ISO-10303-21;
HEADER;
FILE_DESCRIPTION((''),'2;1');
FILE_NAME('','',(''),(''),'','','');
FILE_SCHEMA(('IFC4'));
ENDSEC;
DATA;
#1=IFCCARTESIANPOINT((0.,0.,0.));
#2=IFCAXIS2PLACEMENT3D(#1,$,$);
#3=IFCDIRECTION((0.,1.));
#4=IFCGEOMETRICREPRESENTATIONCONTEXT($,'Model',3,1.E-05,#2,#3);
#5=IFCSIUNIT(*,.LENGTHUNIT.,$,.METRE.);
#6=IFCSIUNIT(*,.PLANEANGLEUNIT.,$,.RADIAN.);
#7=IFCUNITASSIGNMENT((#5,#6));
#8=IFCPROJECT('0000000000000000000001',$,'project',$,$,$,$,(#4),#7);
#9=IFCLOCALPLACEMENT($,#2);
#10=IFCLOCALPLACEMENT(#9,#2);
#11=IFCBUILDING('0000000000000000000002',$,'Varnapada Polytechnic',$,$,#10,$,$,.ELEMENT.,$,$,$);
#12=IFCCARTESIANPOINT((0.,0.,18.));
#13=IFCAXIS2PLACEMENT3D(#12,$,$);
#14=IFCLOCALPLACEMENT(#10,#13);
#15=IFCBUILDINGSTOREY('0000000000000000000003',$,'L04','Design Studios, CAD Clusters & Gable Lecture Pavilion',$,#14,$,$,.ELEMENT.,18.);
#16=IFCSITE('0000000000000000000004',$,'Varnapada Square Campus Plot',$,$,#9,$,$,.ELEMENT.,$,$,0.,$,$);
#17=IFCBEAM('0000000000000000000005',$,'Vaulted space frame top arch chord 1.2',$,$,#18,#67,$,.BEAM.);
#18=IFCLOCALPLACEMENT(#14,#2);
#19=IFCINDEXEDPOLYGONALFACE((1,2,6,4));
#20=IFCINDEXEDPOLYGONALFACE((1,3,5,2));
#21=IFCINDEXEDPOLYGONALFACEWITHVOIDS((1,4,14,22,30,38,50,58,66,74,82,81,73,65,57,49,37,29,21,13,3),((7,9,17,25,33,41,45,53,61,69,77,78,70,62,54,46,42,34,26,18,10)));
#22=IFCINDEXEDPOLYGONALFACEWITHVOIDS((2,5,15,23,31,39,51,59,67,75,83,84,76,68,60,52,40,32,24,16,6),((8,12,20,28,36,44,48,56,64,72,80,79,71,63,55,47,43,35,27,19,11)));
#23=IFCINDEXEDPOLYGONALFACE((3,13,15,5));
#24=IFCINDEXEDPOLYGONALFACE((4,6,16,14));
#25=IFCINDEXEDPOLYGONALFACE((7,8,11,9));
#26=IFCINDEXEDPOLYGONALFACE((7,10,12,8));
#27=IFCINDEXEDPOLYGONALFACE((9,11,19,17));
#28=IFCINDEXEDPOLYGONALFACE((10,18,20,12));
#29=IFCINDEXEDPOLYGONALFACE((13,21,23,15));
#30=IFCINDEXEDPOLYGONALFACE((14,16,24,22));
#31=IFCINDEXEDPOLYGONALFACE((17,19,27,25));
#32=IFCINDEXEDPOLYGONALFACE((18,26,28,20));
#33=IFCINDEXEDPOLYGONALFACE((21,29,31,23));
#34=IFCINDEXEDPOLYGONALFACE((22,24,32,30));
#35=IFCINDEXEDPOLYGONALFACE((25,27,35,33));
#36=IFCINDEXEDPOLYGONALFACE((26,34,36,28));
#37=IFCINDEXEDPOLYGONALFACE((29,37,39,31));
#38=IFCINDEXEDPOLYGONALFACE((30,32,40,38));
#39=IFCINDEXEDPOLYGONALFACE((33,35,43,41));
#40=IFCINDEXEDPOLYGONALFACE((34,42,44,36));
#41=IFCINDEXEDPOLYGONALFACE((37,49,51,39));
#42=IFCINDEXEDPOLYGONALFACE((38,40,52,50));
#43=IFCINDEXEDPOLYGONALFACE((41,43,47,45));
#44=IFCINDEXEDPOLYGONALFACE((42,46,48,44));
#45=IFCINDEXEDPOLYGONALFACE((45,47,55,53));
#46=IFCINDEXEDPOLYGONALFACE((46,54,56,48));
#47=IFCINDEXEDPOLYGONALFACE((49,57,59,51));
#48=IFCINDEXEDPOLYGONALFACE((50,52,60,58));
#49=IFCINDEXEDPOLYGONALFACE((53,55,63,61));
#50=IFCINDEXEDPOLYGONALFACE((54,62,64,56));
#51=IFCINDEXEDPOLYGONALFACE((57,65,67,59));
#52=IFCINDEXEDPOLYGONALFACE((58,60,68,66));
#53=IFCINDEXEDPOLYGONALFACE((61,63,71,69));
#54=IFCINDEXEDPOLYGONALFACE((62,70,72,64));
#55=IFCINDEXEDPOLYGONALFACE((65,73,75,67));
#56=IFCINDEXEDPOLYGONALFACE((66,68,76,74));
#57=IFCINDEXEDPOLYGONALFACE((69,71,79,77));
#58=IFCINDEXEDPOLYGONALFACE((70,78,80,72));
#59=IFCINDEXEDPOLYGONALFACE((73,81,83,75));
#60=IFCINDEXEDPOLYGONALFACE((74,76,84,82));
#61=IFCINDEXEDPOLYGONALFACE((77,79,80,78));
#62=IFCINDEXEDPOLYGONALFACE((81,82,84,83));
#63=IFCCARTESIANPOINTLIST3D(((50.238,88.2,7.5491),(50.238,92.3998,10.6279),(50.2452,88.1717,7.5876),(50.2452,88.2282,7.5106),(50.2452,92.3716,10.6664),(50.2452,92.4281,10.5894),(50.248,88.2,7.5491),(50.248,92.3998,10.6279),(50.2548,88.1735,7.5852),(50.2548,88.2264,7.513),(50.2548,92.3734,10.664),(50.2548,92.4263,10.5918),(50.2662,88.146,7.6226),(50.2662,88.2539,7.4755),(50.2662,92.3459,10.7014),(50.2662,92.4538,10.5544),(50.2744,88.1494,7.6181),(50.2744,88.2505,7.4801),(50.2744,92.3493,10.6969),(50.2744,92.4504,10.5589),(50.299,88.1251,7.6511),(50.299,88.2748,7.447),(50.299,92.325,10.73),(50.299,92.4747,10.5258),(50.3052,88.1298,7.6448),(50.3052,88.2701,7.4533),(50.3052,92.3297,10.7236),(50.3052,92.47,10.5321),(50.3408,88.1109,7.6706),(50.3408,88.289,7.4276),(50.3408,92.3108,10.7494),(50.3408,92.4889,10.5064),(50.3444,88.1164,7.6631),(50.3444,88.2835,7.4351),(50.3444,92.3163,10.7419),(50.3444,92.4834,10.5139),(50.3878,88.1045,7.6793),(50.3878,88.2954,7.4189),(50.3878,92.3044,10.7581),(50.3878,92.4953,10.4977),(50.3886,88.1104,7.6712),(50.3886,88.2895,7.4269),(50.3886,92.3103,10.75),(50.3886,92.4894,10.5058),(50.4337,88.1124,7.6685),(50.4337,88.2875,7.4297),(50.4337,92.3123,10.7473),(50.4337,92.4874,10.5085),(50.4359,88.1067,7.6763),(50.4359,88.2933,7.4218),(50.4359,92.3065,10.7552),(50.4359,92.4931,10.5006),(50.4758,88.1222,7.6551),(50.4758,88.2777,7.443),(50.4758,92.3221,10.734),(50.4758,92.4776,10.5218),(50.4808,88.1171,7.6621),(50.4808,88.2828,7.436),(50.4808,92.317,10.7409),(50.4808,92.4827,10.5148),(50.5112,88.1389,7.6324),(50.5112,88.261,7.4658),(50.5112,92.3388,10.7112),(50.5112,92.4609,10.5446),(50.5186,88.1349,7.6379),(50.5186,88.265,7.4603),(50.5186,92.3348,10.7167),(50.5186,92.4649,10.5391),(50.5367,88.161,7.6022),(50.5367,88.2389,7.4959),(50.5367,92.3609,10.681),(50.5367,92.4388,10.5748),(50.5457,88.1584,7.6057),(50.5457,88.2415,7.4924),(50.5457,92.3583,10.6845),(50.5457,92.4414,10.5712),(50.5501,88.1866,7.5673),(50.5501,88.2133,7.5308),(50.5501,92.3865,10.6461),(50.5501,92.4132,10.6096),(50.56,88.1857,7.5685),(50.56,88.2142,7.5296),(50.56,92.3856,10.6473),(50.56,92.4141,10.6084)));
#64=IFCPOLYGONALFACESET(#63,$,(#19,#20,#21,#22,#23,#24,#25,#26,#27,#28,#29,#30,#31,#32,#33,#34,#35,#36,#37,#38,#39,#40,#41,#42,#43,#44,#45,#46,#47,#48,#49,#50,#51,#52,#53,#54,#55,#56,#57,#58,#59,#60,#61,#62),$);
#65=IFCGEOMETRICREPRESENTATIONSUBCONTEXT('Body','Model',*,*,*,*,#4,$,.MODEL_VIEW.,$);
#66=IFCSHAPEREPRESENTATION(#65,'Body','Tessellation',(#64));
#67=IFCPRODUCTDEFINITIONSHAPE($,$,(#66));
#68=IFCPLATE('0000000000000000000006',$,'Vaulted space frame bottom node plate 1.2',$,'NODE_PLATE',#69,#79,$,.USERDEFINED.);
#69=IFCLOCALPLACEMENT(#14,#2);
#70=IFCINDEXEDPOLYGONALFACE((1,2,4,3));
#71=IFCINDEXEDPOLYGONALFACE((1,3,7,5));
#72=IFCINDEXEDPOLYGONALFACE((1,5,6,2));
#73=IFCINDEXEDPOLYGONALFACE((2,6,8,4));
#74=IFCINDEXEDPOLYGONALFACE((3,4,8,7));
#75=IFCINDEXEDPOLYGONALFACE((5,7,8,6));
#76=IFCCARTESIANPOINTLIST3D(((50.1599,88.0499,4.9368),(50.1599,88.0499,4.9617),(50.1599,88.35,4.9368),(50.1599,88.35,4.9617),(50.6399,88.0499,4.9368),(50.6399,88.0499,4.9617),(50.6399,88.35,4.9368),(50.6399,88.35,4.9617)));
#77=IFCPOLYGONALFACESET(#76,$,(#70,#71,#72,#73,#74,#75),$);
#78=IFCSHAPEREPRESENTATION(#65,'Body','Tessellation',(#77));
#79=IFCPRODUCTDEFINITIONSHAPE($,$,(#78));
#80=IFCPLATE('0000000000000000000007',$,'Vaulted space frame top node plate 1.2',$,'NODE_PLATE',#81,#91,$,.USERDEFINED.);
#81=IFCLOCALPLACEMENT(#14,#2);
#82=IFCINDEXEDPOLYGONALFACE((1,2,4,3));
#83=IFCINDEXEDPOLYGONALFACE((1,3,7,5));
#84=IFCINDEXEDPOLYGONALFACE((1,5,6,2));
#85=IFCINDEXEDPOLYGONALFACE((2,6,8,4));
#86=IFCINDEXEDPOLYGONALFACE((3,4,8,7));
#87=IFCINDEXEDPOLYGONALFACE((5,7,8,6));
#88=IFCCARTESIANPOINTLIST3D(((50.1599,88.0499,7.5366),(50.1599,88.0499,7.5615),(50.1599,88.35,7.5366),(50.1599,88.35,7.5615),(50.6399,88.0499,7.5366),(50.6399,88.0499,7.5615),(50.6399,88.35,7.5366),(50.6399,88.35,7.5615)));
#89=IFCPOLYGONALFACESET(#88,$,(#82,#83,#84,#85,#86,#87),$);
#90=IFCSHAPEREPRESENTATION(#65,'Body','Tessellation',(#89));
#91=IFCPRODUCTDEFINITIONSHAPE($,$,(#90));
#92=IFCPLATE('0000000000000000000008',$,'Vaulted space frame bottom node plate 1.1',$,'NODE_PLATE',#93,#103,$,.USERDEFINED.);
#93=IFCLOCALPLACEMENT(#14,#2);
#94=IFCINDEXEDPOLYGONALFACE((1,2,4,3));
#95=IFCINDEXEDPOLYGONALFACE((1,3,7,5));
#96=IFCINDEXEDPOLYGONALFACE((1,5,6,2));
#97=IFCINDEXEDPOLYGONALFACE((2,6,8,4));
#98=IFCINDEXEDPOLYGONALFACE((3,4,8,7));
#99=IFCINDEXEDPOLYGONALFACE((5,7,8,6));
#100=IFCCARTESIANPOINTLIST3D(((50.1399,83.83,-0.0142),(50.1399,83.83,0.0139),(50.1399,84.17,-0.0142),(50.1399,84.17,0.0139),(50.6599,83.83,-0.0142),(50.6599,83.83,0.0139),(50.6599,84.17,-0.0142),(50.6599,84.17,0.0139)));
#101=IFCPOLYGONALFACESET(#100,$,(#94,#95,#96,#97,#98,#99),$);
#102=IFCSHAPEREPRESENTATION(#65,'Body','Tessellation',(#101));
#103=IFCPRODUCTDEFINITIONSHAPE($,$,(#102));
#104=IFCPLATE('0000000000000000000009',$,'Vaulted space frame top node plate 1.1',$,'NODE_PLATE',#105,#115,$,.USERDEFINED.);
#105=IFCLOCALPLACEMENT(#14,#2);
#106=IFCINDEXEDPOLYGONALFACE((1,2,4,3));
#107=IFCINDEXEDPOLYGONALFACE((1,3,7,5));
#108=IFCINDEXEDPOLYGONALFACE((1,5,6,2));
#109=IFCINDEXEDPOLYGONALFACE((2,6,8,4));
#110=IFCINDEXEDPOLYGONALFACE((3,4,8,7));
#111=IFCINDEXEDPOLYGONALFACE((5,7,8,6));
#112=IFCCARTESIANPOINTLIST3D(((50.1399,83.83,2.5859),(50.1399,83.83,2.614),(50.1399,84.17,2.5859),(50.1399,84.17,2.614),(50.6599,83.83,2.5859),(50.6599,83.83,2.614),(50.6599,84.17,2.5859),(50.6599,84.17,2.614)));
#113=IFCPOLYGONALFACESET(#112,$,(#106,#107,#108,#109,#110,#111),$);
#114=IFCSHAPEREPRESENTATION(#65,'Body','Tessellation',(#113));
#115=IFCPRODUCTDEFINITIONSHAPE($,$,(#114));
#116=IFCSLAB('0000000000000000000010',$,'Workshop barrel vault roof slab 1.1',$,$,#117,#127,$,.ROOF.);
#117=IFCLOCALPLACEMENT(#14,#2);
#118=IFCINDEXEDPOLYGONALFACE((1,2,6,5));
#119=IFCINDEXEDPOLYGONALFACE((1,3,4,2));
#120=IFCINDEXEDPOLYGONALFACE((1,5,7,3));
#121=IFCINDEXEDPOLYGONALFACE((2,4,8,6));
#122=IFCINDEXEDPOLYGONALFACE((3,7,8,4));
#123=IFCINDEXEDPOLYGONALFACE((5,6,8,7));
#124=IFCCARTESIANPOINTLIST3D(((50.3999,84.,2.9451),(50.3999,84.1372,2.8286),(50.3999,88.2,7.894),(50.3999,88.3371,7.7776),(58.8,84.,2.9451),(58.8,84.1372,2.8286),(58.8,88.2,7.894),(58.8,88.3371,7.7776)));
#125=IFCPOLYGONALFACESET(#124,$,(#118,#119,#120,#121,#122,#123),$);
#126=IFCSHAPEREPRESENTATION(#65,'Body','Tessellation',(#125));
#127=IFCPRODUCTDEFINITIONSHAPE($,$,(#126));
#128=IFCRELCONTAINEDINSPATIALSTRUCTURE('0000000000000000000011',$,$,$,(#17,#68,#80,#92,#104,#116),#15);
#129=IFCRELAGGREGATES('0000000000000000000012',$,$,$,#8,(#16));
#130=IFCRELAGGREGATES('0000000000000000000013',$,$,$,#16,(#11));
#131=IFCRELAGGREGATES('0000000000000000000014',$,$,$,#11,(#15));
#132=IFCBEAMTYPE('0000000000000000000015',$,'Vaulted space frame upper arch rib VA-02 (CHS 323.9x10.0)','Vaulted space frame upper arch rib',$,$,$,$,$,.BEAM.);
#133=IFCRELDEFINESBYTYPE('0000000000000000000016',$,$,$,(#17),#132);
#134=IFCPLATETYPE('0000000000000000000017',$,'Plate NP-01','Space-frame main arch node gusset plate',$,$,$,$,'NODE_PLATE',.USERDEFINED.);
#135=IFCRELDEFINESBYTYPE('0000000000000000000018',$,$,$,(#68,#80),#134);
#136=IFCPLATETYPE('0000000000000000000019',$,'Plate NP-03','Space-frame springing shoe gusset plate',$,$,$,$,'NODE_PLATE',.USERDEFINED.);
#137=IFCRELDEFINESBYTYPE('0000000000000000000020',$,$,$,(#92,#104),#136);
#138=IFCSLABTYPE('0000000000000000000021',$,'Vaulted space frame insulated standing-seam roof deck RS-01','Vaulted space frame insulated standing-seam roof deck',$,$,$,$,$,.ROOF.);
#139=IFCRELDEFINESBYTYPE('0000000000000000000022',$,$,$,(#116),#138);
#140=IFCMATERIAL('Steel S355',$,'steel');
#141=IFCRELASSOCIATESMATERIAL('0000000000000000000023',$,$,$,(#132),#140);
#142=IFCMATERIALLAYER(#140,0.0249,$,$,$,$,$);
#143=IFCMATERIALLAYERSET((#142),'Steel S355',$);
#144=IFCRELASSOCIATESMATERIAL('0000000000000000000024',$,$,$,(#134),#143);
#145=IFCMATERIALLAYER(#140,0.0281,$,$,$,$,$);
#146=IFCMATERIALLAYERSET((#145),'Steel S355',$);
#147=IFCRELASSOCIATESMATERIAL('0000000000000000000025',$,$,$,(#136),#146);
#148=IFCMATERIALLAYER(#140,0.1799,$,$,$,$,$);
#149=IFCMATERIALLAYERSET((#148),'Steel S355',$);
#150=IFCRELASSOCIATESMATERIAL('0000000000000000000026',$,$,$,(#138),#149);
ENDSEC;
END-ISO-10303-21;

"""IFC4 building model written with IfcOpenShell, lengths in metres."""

from ifc_helpers import new_model, si_unit, direction, frame, origin, origin_2d, place, context, subcontext, project, spatial, polyline, rectangle, hollow_circle, outline, extrude, material, layer, layer_set, material_profile, profile_set, type_object, element, save


model = new_model("IFC4")

# Units and contexts
model_context = context("Model", 3, precision=1e-05, world=origin(), true_north=direction((0.0, 1.0)))
body_context = subcontext(model_context, "Body", "Model", "MODEL_VIEW")
ifc_project = project(units=[si_unit("LENGTHUNIT", "METRE"), si_unit("PLANEANGLEUNIT", "RADIAN")], contexts=[model_context])

# Site, building, storey
site_placement = place(None, origin())
site = spatial("IfcSite", under=ifc_project, at=site_placement, Name="Varnapada Square Campus Plot", CompositionType="ELEMENT", RefElevation=0.0)
building_placement = place(site_placement, origin())
building = spatial("IfcBuilding", under=site, at=building_placement, Name="Varnapada Polytechnic", CompositionType="ELEMENT")
storey_placement = place(building_placement, frame((0.0, 0.0, 18.0)))
storey = spatial("IfcBuildingStorey", under=building, at=storey_placement, Name="L04", Description="Design Studios, CAD Clusters & Gable Lecture Pavilion", CompositionType="ELEMENT", Elevation=18.0)

# Shared definitions
ifc_material = material(Name="Steel S355", Category="steel")

# Beam
ifc_material_profile_1 = material_profile(ifc_material, hollow_circle(Radius=0.1619, WallThickness=0.01, at=origin_2d()), Name="CHS 323.9x10.0")
ifc_profile_set_1 = profile_set([ifc_material_profile_1], Name="Steel S355")
beam_type_1 = type_object("IfcBeamType", Name="Vaulted space frame upper arch rib VA-02 (CHS 323.9x10.0)", Description="Vaulted space frame upper arch rib", PredefinedType="BEAM", material=ifc_profile_set_1)
beam_1_placement = place(storey_placement, frame((50.3999, 88.2, 7.5491), z_axis=(0.0, 0.806506, 0.591225), x_axis=(-1.0, 0.0, 0.0)))
element("IfcBeam", 1, at=beam_1_placement, inside=storey, type_object=beam_type_1, Name="Vaulted space frame top arch chord 1.2", PredefinedType="BEAM", context=body_context, shape_type="SweptSolid", body=[
    extrude(hollow_circle(Radius=0.1619, WallThickness=0.01, at=origin_2d()), origin(), (0.0, 0.0, 1.0), 5.2075),
])

# Plates
ifc_layer_1 = layer(ifc_material, 0.0249)
ifc_layer_set_1 = layer_set([ifc_layer_1], Name="Steel S355")
plate_type_1 = type_object("IfcPlateType", Name="Plate NP-01", Description="Space-frame main arch node gusset plate", ElementType="NODE_PLATE", PredefinedType="USERDEFINED", material=ifc_layer_set_1)
for number, where, z_axis, x_axis, name in (
    (2, (50.3999, 88.2, 4.9368), (0.0, 0.0, 1.0), (1.0, 0.0, 0.0), "Vaulted space frame bottom node plate 1.2"),
    (3, (50.3999, 88.2, 7.5366), (0.0, 0.0, 1.0), (1.0, 0.0, 0.0), "Vaulted space frame top node plate 1.2"),
):
    element("IfcPlate", number, at=place(storey_placement, frame(where, z_axis=z_axis, x_axis=x_axis)), inside=storey, type_object=plate_type_1, Name=name, ObjectType="NODE_PLATE", PredefinedType="USERDEFINED", context=body_context, shape_type="SweptSolid", body=[
        extrude(rectangle(XDim=0.48, YDim=0.3, at=origin_2d()), origin(), (0.0, 0.0, 1.0), 0.0249),
    ])
ifc_layer_2 = layer(ifc_material, 0.0281)
ifc_layer_set_2 = layer_set([ifc_layer_2], Name="Steel S355")
plate_type_2 = type_object("IfcPlateType", Name="Plate NP-03", Description="Space-frame springing shoe gusset plate", ElementType="NODE_PLATE", PredefinedType="USERDEFINED", material=ifc_layer_set_2)
for number, where, z_axis, x_axis, name in (
    (4, (50.3999, 84.0, -0.0142), (0.0, 0.0, 1.0), (1.0, 0.0, 0.0), "Vaulted space frame bottom node plate 1.1"),
    (5, (50.3999, 84.0, 2.5859), (0.0, 0.0, 1.0), (1.0, 0.0, 0.0), "Vaulted space frame top node plate 1.1"),
):
    element("IfcPlate", number, at=place(storey_placement, frame(where, z_axis=z_axis, x_axis=x_axis)), inside=storey, type_object=plate_type_2, Name=name, ObjectType="NODE_PLATE", PredefinedType="USERDEFINED", context=body_context, shape_type="SweptSolid", body=[
        extrude(rectangle(XDim=0.52, YDim=0.3401, at=origin_2d()), origin(), (0.0, 0.0, 1.0), 0.0281),
    ])

# Slab
ifc_layer_3 = layer(ifc_material, 0.1799)
ifc_layer_set_3 = layer_set([ifc_layer_3], Name="Steel S355")
slab_type = type_object("IfcSlabType", Name="Vaulted space frame insulated standing-seam roof deck RS-01", Description="Vaulted space frame insulated standing-seam roof deck", PredefinedType="ROOF", material=ifc_layer_set_3)
slab_placement = place(storey_placement, frame((50.3999, 84.0, 2.9451), z_axis=(0.0, -0.762447, 0.647051), x_axis=(1.0, 0.0, 0.0)))
element("IfcSlab", 6, at=slab_placement, inside=storey, type_object=slab_type, Name="Workshop barrel vault roof slab 1.1", PredefinedType="ROOF", context=body_context, shape_type="SweptSolid", body=[
    extrude(outline(polyline([(0.0, 0.0), (8.4001, 0.0), (8.4001, 6.4909), (0.0, 6.4909), (0.0, 0.0)])), origin(), (0.0, 0.0, -1.0), 0.1799),
])

save(model, "model.ifc")
